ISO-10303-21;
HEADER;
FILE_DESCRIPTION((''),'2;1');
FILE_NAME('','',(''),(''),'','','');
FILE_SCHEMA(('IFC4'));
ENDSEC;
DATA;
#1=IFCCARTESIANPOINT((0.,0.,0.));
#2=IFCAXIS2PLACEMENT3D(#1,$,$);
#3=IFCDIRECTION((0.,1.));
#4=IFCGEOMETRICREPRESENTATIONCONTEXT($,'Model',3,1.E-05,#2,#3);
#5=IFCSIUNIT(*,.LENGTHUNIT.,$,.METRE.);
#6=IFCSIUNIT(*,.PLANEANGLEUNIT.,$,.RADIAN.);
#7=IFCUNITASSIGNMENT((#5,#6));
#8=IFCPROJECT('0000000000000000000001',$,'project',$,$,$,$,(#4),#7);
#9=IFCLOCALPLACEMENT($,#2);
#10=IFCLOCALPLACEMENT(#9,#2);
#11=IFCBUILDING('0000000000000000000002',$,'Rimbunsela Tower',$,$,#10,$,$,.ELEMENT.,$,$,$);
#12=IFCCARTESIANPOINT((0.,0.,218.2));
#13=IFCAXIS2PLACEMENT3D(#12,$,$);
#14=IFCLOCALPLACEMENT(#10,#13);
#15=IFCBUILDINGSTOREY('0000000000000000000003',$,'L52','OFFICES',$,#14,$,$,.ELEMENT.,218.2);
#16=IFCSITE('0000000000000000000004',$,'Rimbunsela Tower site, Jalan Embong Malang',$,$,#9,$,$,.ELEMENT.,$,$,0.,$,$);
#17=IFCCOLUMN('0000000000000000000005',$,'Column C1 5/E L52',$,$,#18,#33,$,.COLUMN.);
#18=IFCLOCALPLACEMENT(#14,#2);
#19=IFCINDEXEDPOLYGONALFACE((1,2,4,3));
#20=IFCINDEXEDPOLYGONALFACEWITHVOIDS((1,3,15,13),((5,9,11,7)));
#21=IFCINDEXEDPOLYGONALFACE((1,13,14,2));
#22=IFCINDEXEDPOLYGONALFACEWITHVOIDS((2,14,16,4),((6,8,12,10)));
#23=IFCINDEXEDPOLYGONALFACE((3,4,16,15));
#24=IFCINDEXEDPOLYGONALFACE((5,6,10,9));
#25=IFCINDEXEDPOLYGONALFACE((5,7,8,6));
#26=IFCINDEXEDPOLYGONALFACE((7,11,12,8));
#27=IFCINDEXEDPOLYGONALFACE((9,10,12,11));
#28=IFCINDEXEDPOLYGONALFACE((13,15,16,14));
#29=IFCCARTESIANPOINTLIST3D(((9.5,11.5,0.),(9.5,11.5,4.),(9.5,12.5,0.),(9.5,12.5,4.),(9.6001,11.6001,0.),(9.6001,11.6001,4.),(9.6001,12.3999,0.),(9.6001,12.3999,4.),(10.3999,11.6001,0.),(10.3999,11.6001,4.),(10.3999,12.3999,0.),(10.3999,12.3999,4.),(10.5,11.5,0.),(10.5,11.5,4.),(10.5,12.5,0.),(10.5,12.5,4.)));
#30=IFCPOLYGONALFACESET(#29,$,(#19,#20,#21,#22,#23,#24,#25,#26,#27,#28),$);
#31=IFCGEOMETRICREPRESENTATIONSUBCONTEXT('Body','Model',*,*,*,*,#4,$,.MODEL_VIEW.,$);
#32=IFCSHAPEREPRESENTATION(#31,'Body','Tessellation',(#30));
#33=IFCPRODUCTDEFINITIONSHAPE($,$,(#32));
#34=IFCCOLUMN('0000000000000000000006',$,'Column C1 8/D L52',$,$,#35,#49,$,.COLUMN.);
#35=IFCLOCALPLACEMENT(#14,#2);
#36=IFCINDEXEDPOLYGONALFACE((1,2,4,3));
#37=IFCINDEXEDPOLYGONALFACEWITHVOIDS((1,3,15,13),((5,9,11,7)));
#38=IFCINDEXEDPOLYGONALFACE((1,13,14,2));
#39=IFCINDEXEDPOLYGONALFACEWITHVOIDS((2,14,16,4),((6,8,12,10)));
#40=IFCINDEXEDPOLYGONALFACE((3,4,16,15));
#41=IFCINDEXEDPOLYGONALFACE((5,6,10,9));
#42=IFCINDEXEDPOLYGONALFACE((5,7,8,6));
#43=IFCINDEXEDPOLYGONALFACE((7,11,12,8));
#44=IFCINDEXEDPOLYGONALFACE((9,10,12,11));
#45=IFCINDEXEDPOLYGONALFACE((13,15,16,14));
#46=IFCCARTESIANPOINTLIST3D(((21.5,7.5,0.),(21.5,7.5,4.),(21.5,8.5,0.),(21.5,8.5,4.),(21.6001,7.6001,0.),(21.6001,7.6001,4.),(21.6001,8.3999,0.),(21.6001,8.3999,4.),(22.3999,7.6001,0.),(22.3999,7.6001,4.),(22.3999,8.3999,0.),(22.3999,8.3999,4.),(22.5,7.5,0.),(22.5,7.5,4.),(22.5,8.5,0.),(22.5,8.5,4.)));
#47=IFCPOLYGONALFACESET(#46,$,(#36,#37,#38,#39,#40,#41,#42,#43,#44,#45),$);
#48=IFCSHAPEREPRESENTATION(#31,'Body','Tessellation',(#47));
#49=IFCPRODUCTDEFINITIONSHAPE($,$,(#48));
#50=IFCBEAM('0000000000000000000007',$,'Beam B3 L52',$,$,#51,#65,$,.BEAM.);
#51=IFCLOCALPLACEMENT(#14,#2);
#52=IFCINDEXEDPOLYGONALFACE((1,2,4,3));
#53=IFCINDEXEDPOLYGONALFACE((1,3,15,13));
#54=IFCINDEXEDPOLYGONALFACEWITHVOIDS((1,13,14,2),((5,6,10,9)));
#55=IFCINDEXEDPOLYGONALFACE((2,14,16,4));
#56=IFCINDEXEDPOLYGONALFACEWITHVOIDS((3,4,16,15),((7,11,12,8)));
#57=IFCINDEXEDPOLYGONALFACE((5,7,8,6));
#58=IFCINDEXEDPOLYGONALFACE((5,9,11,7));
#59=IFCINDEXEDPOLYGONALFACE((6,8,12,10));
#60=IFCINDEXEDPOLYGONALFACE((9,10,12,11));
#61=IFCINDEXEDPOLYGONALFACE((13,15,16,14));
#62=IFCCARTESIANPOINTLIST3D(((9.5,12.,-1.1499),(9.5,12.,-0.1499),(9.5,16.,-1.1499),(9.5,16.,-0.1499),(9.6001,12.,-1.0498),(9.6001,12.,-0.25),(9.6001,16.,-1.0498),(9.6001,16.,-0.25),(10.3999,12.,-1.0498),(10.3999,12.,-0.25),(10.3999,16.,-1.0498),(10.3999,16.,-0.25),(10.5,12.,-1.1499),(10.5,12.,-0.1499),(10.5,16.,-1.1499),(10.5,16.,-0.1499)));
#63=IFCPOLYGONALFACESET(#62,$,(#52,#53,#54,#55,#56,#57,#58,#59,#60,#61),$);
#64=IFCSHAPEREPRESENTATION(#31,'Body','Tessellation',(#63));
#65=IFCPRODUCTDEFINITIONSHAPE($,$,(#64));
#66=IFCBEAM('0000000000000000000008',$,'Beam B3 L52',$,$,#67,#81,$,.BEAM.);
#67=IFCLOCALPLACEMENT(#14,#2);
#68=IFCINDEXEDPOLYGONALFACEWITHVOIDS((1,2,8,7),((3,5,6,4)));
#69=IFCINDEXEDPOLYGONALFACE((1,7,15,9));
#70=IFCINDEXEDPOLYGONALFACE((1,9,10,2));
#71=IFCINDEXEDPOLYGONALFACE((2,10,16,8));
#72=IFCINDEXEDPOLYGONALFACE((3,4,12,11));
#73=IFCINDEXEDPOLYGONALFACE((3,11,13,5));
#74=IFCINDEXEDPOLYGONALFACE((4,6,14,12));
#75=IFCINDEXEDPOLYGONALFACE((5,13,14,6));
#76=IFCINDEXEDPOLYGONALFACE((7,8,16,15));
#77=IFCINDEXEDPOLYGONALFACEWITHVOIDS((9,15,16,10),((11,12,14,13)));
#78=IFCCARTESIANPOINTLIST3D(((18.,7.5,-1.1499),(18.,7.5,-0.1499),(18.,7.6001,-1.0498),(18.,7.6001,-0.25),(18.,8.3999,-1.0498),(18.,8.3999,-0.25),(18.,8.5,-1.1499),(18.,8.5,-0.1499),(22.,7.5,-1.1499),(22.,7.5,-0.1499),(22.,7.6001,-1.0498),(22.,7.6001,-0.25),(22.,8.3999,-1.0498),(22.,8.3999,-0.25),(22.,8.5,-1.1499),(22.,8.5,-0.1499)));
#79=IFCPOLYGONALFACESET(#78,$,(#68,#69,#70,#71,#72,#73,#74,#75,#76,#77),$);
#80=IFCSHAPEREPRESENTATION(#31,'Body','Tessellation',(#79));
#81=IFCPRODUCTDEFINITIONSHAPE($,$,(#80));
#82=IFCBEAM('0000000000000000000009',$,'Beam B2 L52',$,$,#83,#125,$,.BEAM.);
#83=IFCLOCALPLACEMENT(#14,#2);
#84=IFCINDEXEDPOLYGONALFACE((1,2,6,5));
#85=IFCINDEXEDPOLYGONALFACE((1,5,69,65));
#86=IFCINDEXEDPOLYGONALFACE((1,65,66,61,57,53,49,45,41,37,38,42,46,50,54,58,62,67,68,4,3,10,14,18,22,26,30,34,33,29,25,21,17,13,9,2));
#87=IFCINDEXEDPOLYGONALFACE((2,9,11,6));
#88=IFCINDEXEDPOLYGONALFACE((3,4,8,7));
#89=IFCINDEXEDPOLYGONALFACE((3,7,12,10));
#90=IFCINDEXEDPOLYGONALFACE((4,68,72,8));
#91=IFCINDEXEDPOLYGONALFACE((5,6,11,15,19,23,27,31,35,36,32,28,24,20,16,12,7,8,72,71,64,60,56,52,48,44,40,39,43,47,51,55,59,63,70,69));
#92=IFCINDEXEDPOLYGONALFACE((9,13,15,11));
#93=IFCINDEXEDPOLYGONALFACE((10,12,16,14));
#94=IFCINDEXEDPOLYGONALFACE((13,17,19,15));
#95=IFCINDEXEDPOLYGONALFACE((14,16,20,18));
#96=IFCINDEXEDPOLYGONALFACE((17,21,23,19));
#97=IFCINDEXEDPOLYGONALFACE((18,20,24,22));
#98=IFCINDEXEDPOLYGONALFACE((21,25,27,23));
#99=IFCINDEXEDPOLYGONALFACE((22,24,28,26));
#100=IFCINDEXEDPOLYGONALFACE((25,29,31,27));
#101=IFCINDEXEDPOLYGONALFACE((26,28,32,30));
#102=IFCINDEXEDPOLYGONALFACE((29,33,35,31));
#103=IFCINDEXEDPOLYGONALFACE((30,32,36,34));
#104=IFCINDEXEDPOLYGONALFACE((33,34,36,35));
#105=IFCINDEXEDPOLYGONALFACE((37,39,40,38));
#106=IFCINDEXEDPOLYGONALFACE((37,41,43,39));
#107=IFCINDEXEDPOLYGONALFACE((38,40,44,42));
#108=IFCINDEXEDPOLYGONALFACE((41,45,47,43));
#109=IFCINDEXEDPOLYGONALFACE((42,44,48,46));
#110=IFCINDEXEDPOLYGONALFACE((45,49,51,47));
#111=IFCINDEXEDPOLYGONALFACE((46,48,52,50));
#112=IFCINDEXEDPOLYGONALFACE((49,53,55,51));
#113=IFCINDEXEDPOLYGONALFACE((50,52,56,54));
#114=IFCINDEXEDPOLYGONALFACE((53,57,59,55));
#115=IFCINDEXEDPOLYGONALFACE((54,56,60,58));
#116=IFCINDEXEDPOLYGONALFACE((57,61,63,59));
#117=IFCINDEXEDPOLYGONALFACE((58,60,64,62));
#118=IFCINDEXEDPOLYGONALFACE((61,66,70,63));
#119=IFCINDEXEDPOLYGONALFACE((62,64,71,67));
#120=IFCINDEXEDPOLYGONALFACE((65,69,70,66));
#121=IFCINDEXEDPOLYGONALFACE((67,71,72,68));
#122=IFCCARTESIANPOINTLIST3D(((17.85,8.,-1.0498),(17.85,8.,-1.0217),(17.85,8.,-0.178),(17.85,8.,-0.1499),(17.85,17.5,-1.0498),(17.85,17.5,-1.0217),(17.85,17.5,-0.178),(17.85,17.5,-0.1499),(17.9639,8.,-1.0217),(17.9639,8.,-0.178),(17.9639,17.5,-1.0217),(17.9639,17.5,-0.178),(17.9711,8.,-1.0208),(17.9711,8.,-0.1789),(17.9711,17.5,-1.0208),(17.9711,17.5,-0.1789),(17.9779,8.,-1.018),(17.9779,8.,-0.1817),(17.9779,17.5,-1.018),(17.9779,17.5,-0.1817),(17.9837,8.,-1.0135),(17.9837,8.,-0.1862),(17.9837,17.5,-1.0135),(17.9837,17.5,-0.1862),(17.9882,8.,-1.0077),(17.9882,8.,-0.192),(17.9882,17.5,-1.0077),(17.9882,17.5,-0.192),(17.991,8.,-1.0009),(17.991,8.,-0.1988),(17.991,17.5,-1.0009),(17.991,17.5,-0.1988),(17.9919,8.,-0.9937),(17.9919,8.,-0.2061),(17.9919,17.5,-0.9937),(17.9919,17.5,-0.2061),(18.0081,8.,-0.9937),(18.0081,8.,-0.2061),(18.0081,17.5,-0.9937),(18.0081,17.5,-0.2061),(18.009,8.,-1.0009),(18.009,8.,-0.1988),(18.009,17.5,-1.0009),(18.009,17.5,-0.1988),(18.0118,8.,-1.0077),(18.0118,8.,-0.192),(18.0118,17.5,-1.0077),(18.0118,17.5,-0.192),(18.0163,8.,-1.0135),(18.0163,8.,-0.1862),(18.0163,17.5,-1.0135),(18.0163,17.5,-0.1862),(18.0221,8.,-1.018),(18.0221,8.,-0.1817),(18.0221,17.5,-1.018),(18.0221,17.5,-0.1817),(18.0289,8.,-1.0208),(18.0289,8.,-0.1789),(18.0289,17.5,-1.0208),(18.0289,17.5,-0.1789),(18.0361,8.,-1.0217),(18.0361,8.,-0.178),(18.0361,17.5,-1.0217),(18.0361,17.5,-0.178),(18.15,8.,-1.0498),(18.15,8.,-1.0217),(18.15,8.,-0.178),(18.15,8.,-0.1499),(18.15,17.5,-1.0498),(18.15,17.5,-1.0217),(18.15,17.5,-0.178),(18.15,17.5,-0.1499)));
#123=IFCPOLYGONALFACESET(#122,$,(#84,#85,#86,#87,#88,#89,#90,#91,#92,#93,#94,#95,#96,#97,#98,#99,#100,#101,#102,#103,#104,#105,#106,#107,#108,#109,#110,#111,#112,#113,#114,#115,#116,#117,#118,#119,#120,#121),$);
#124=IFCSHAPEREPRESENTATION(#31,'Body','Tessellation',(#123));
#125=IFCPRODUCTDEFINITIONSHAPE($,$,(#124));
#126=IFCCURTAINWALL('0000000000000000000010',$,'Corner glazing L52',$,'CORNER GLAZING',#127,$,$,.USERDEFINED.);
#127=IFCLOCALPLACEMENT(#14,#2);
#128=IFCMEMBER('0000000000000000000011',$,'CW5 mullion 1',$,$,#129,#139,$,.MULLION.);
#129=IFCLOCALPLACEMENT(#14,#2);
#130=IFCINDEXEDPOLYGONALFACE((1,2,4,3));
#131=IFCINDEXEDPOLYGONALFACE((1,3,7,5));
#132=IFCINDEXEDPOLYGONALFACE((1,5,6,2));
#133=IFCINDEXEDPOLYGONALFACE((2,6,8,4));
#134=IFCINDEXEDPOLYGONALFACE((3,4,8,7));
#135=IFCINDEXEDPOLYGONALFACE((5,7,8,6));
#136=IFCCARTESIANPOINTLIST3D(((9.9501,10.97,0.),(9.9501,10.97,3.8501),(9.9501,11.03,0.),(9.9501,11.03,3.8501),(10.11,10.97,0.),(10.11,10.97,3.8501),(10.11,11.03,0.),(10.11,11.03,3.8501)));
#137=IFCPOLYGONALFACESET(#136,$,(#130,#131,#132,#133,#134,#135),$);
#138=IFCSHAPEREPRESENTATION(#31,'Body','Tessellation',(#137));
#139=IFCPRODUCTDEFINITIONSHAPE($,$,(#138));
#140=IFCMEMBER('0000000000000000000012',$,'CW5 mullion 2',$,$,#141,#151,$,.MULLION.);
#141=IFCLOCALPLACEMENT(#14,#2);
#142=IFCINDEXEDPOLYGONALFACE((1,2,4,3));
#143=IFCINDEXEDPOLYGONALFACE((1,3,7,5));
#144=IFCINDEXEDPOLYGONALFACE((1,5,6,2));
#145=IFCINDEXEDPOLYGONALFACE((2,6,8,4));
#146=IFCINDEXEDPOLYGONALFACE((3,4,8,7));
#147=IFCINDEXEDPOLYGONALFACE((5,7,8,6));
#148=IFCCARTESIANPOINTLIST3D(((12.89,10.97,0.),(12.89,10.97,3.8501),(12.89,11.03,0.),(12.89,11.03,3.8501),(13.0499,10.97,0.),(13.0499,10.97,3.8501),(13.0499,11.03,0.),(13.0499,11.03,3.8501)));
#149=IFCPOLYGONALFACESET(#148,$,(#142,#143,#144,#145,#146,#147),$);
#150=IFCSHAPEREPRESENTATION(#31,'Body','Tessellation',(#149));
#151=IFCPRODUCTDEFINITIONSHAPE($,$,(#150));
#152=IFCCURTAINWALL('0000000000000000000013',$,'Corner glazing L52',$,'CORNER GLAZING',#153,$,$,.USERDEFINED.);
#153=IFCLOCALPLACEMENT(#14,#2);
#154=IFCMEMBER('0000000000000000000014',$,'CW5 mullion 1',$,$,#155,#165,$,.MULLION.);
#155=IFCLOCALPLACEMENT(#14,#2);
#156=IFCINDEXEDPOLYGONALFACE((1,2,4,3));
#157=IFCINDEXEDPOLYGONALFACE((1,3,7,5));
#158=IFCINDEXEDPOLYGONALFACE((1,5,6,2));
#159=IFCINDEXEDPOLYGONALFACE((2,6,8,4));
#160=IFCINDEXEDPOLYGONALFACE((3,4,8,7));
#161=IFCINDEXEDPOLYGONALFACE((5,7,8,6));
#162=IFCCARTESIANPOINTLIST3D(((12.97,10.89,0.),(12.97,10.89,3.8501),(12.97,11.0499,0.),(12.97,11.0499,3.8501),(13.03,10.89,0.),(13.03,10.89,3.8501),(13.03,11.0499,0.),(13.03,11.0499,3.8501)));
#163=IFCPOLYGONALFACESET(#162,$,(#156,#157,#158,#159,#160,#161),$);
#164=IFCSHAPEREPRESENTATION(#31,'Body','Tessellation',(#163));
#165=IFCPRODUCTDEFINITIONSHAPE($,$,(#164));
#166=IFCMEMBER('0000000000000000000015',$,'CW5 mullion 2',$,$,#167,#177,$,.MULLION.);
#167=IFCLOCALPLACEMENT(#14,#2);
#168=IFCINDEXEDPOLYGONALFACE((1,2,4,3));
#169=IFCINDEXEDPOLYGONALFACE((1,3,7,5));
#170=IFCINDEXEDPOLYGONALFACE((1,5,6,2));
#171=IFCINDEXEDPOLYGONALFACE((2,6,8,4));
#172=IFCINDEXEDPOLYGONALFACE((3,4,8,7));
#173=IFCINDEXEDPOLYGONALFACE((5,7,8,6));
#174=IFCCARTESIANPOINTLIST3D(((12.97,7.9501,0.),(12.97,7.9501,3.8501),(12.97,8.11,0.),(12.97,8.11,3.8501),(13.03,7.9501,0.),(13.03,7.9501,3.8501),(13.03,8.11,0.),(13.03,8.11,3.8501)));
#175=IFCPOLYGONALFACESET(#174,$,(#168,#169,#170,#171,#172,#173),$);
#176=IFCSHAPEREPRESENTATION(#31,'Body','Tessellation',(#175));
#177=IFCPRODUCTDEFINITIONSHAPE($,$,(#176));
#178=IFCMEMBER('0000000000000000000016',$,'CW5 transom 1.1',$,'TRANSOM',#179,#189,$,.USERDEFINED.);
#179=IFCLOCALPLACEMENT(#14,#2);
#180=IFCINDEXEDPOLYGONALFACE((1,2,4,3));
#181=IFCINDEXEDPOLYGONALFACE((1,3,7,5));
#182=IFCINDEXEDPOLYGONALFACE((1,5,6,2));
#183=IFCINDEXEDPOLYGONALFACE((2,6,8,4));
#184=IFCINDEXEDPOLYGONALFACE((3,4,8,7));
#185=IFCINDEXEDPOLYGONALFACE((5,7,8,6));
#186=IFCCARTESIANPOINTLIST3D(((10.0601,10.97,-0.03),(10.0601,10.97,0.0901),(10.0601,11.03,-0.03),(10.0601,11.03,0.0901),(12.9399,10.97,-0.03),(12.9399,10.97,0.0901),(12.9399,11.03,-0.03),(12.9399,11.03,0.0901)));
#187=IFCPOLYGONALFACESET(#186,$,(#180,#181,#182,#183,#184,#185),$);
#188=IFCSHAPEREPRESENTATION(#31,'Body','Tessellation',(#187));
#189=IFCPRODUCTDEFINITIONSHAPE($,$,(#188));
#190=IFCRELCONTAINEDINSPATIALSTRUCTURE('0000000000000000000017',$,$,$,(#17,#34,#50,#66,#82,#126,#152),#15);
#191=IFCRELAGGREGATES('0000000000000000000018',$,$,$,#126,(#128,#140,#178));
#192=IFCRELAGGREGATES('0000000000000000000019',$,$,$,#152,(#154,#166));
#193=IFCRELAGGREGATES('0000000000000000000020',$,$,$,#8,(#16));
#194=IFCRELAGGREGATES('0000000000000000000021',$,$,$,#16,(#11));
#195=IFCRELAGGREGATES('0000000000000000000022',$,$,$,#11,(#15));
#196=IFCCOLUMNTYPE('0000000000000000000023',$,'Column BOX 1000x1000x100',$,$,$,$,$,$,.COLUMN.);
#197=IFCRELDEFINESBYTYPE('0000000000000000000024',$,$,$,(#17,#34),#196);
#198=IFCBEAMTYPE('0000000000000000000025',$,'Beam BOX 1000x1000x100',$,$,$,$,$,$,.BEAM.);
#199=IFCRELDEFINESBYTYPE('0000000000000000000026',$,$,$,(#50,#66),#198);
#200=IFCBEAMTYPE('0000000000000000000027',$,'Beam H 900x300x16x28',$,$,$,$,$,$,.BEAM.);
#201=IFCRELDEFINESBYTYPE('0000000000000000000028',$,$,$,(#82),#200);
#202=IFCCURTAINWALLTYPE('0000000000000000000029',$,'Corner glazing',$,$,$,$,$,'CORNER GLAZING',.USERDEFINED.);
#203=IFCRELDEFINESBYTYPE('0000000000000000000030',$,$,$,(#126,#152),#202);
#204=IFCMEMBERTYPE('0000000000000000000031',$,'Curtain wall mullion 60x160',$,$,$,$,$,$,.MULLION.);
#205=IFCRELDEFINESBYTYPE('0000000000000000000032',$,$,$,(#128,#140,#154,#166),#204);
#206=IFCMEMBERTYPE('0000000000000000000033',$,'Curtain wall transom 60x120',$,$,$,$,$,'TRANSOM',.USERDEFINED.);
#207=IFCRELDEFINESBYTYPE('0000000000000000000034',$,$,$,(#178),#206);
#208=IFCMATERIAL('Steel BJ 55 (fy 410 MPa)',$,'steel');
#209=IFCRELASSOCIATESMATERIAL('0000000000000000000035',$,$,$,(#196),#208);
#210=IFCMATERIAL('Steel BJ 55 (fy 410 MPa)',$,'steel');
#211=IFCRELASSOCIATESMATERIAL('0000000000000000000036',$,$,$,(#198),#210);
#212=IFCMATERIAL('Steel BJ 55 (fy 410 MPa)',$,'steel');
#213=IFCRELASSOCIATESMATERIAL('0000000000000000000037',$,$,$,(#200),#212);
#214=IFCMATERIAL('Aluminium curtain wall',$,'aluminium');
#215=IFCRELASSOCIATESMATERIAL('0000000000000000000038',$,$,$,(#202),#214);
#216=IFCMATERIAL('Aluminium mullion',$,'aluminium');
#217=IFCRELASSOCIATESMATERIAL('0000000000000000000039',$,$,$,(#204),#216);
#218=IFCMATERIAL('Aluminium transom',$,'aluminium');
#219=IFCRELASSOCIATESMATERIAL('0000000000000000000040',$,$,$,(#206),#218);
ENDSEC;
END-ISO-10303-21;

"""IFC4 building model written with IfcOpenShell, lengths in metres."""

from ifc_helpers import new_model, si_unit, direction, frame, origin, origin_2d, place, context, subcontext, project, spatial, rectangle, hollow_rectangle, i_section, extrude, material, material_profile, profile_set, type_object, element, aggregate, save


model = new_model("IFC4")

# Units and contexts
model_context = context("Model", 3, precision=1e-05, world=origin(), true_north=direction((0.0, 1.0)))
body_context = subcontext(model_context, "Body", "Model", "MODEL_VIEW")
ifc_project = project(units=[si_unit("LENGTHUNIT", "METRE"), si_unit("PLANEANGLEUNIT", "RADIAN")], contexts=[model_context])

# Site, building, storey
site_placement = place(None, origin())
site = spatial("IfcSite", under=ifc_project, at=site_placement, Name="Rimbunsela Tower site, Jalan Embong Malang", CompositionType="ELEMENT", RefElevation=0.0)
building_placement = place(site_placement, origin())
building = spatial("IfcBuilding", under=site, at=building_placement, Name="Rimbunsela Tower", CompositionType="ELEMENT")
storey_placement = place(building_placement, frame((0.0, 0.0, 218.2)))
storey = spatial("IfcBuildingStorey", under=building, at=storey_placement, Name="L52", Description="OFFICES", CompositionType="ELEMENT", Elevation=218.2)

# Columns
ifc_material_1 = material(Name="Steel BJ 55 (fy 410 MPa)", Category="steel")
ifc_material_profile_1 = material_profile(ifc_material_1, hollow_rectangle(XDim=1.0, YDim=1.0, WallThickness=0.1001, at=origin_2d()), Name="BOX 1000x1000x100")
ifc_profile_set_1 = profile_set([ifc_material_profile_1], Name="Steel BJ 55 (fy 410 MPa)")
column_type = type_object("IfcColumnType", Name="Column BOX 1000x1000x100", PredefinedType="COLUMN", material=ifc_profile_set_1)
for number, where, z_axis, x_axis, name in (
    (1, (10.0, 12.0, 0.0), (0.0, 0.0, 1.0), (1.0, 0.0, 0.0), "Column C1 5/E L52"),
    (2, (22.0, 8.0, 0.0), (0.0, 0.0, 1.0), (1.0, 0.0, 0.0), "Column C1 8/D L52"),
):
    element("IfcColumn", number, at=place(storey_placement, frame(where, z_axis=z_axis, x_axis=x_axis)), inside=storey, type_object=column_type, Name=name, PredefinedType="COLUMN", context=body_context, shape_type="SweptSolid", body=[
        extrude(hollow_rectangle(XDim=1.0, YDim=1.0, WallThickness=0.1001, at=origin_2d()), origin(), (0.0, 0.0, 1.0), 4.0),
    ])

# Beams
ifc_material_2 = material(Name="Steel BJ 55 (fy 410 MPa)", Category="steel")
ifc_material_profile_2 = material_profile(ifc_material_2, hollow_rectangle(XDim=1.0, YDim=1.0, WallThickness=0.1001, at=origin_2d()), Name="BOX 1000x1000x100")
ifc_profile_set_2 = profile_set([ifc_material_profile_2], Name="Steel BJ 55 (fy 410 MPa)")
beam_type_1 = type_object("IfcBeamType", Name="Beam BOX 1000x1000x100", PredefinedType="BEAM", material=ifc_profile_set_2)
for number, where, z_axis, x_axis, name in (
    (3, (10.0, 12.0, -0.6499), (0.0, 1.0, 0.0), (-1.0, 0.0, 0.0), "Beam B3 L52"),
    (4, (18.0, 8.0, -0.6499), (1.0, 0.0, 0.0), (0.0, 1.0, 0.0), "Beam B3 L52"),
):
    element("IfcBeam", number, at=place(storey_placement, frame(where, z_axis=z_axis, x_axis=x_axis)), inside=storey, type_object=beam_type_1, Name=name, PredefinedType="BEAM", context=body_context, shape_type="SweptSolid", body=[
        extrude(hollow_rectangle(XDim=1.0, YDim=1.0, WallThickness=0.1001, at=origin_2d()), origin(), (0.0, 0.0, 1.0), 4.0),
    ])
ifc_material_3 = material(Name="Steel BJ 55 (fy 410 MPa)", Category="steel")
ifc_material_profile_3 = material_profile(ifc_material_3, i_section(OverallWidth=0.3, OverallDepth=0.8999, WebThickness=0.0161, FlangeThickness=0.0281, FilletRadius=0.0281, at=origin_2d()), Name="H 900x300x16x28")
ifc_profile_set_3 = profile_set([ifc_material_profile_3], Name="Steel BJ 55 (fy 410 MPa)")
beam_type_2 = type_object("IfcBeamType", Name="Beam H 900x300x16x28", PredefinedType="BEAM", material=ifc_profile_set_3)
beam_placement = place(storey_placement, frame((18.0, 8.0, -0.5999), z_axis=(0.0, 1.0, 0.0), x_axis=(-1.0, 0.0, 0.0)))
element("IfcBeam", 5, at=beam_placement, inside=storey, type_object=beam_type_2, Name="Beam B2 L52", PredefinedType="BEAM", context=body_context, shape_type="SweptSolid", body=[
    extrude(i_section(OverallWidth=0.3, OverallDepth=0.8999, WebThickness=0.0161, FlangeThickness=0.0281, FilletRadius=0.0281, at=origin_2d()), origin(), (0.0, 0.0, 1.0), 9.5),
])

# Curtain walls, members
ifc_material_4 = material(Name="Aluminium curtain wall", Category="aluminium")
curtain_wall_type = type_object("IfcCurtainWallType", Name="Corner glazing", ElementType="CORNER GLAZING", PredefinedType="USERDEFINED", material=ifc_material_4)
curtain_wall_1_placement = place(storey_placement, origin())
curtain_wall_1 = element("IfcCurtainWall", 6, at=curtain_wall_1_placement, inside=storey, type_object=curtain_wall_type, Name="Corner glazing L52", ObjectType="CORNER GLAZING", PredefinedType="USERDEFINED")
ifc_material_5 = material(Name="Aluminium mullion", Category="aluminium")
ifc_material_profile_4 = material_profile(ifc_material_5, rectangle(XDim=0.0601, YDim=0.1599, at=origin_2d()), Name="Mullion 60x160")
ifc_profile_set_4 = profile_set([ifc_material_profile_4], Name="Aluminium mullion")
member_type_1 = type_object("IfcMemberType", Name="Curtain wall mullion 60x160", PredefinedType="MULLION", material=ifc_profile_set_4)
member_1_placement = place(storey_placement, frame((10.03, 11.0, 0.0), z_axis=(0.0, 0.0, 1.0), x_axis=(0.0, 1.0, 0.0)))
member_1 = element("IfcMember", 7, at=member_1_placement, type_object=member_type_1, Name="CW5 mullion 1", PredefinedType="MULLION", context=body_context, shape_type="SweptSolid", body=[
    extrude(rectangle(XDim=0.0601, YDim=0.1599, at=origin_2d()), origin(), (0.0, 0.0, 1.0), 3.8501),
])
member_2_placement = place(storey_placement, frame((12.97, 11.0, 0.0), z_axis=(0.0, 0.0, 1.0), x_axis=(0.0, 1.0, 0.0)))
member_2 = element("IfcMember", 8, at=member_2_placement, type_object=member_type_1, Name="CW5 mullion 2", PredefinedType="MULLION", context=body_context, shape_type="SweptSolid", body=[
    extrude(rectangle(XDim=0.0601, YDim=0.1599, at=origin_2d()), origin(), (0.0, 0.0, 1.0), 3.8501),
])
curtain_wall_2_placement = place(storey_placement, origin())
curtain_wall_2 = element("IfcCurtainWall", 9, at=curtain_wall_2_placement, inside=storey, type_object=curtain_wall_type, Name="Corner glazing L52", ObjectType="CORNER GLAZING", PredefinedType="USERDEFINED")
member_3_placement = place(storey_placement, frame((13.0, 10.97, 0.0), z_axis=(0.0, 0.0, 1.0), x_axis=(1.0, 0.0, 0.0)))
member_3 = element("IfcMember", 10, at=member_3_placement, type_object=member_type_1, Name="CW5 mullion 1", PredefinedType="MULLION", context=body_context, shape_type="SweptSolid", body=[
    extrude(rectangle(XDim=0.0601, YDim=0.1599, at=origin_2d()), origin(), (0.0, 0.0, 1.0), 3.8501),
])
member_4_placement = place(storey_placement, frame((13.0, 8.03, 0.0), z_axis=(0.0, 0.0, 1.0), x_axis=(1.0, 0.0, 0.0)))
member_4 = element("IfcMember", 11, at=member_4_placement, type_object=member_type_1, Name="CW5 mullion 2", PredefinedType="MULLION", context=body_context, shape_type="SweptSolid", body=[
    extrude(rectangle(XDim=0.0601, YDim=0.1599, at=origin_2d()), origin(), (0.0, 0.0, 1.0), 3.8501),
])

# Member
ifc_material_6 = material(Name="Aluminium transom", Category="aluminium")
ifc_material_profile_5 = material_profile(ifc_material_6, rectangle(XDim=0.0601, YDim=0.1201, at=origin_2d()), Name="Transom 60x120")
ifc_profile_set_5 = profile_set([ifc_material_profile_5], Name="Aluminium transom")
member_type_2 = type_object("IfcMemberType", Name="Curtain wall transom 60x120", ElementType="TRANSOM", PredefinedType="USERDEFINED", material=ifc_profile_set_5)
member_5_placement = place(storey_placement, frame((10.0601, 11.0, 0.03), z_axis=(1.0, 0.0, 0.0), x_axis=(0.0, 1.0, 0.0)))
member_5 = element("IfcMember", 12, at=member_5_placement, type_object=member_type_2, Name="CW5 transom 1.1", ObjectType="TRANSOM", PredefinedType="USERDEFINED", context=body_context, shape_type="SweptSolid", body=[
    extrude(rectangle(XDim=0.0601, YDim=0.1201, at=origin_2d()), origin(), (0.0, 0.0, 1.0), 2.8799),
])

aggregate(curtain_wall_1, [member_1, member_2, member_5])
aggregate(curtain_wall_2, [member_3, member_4])

save(model, "model.ifc")
